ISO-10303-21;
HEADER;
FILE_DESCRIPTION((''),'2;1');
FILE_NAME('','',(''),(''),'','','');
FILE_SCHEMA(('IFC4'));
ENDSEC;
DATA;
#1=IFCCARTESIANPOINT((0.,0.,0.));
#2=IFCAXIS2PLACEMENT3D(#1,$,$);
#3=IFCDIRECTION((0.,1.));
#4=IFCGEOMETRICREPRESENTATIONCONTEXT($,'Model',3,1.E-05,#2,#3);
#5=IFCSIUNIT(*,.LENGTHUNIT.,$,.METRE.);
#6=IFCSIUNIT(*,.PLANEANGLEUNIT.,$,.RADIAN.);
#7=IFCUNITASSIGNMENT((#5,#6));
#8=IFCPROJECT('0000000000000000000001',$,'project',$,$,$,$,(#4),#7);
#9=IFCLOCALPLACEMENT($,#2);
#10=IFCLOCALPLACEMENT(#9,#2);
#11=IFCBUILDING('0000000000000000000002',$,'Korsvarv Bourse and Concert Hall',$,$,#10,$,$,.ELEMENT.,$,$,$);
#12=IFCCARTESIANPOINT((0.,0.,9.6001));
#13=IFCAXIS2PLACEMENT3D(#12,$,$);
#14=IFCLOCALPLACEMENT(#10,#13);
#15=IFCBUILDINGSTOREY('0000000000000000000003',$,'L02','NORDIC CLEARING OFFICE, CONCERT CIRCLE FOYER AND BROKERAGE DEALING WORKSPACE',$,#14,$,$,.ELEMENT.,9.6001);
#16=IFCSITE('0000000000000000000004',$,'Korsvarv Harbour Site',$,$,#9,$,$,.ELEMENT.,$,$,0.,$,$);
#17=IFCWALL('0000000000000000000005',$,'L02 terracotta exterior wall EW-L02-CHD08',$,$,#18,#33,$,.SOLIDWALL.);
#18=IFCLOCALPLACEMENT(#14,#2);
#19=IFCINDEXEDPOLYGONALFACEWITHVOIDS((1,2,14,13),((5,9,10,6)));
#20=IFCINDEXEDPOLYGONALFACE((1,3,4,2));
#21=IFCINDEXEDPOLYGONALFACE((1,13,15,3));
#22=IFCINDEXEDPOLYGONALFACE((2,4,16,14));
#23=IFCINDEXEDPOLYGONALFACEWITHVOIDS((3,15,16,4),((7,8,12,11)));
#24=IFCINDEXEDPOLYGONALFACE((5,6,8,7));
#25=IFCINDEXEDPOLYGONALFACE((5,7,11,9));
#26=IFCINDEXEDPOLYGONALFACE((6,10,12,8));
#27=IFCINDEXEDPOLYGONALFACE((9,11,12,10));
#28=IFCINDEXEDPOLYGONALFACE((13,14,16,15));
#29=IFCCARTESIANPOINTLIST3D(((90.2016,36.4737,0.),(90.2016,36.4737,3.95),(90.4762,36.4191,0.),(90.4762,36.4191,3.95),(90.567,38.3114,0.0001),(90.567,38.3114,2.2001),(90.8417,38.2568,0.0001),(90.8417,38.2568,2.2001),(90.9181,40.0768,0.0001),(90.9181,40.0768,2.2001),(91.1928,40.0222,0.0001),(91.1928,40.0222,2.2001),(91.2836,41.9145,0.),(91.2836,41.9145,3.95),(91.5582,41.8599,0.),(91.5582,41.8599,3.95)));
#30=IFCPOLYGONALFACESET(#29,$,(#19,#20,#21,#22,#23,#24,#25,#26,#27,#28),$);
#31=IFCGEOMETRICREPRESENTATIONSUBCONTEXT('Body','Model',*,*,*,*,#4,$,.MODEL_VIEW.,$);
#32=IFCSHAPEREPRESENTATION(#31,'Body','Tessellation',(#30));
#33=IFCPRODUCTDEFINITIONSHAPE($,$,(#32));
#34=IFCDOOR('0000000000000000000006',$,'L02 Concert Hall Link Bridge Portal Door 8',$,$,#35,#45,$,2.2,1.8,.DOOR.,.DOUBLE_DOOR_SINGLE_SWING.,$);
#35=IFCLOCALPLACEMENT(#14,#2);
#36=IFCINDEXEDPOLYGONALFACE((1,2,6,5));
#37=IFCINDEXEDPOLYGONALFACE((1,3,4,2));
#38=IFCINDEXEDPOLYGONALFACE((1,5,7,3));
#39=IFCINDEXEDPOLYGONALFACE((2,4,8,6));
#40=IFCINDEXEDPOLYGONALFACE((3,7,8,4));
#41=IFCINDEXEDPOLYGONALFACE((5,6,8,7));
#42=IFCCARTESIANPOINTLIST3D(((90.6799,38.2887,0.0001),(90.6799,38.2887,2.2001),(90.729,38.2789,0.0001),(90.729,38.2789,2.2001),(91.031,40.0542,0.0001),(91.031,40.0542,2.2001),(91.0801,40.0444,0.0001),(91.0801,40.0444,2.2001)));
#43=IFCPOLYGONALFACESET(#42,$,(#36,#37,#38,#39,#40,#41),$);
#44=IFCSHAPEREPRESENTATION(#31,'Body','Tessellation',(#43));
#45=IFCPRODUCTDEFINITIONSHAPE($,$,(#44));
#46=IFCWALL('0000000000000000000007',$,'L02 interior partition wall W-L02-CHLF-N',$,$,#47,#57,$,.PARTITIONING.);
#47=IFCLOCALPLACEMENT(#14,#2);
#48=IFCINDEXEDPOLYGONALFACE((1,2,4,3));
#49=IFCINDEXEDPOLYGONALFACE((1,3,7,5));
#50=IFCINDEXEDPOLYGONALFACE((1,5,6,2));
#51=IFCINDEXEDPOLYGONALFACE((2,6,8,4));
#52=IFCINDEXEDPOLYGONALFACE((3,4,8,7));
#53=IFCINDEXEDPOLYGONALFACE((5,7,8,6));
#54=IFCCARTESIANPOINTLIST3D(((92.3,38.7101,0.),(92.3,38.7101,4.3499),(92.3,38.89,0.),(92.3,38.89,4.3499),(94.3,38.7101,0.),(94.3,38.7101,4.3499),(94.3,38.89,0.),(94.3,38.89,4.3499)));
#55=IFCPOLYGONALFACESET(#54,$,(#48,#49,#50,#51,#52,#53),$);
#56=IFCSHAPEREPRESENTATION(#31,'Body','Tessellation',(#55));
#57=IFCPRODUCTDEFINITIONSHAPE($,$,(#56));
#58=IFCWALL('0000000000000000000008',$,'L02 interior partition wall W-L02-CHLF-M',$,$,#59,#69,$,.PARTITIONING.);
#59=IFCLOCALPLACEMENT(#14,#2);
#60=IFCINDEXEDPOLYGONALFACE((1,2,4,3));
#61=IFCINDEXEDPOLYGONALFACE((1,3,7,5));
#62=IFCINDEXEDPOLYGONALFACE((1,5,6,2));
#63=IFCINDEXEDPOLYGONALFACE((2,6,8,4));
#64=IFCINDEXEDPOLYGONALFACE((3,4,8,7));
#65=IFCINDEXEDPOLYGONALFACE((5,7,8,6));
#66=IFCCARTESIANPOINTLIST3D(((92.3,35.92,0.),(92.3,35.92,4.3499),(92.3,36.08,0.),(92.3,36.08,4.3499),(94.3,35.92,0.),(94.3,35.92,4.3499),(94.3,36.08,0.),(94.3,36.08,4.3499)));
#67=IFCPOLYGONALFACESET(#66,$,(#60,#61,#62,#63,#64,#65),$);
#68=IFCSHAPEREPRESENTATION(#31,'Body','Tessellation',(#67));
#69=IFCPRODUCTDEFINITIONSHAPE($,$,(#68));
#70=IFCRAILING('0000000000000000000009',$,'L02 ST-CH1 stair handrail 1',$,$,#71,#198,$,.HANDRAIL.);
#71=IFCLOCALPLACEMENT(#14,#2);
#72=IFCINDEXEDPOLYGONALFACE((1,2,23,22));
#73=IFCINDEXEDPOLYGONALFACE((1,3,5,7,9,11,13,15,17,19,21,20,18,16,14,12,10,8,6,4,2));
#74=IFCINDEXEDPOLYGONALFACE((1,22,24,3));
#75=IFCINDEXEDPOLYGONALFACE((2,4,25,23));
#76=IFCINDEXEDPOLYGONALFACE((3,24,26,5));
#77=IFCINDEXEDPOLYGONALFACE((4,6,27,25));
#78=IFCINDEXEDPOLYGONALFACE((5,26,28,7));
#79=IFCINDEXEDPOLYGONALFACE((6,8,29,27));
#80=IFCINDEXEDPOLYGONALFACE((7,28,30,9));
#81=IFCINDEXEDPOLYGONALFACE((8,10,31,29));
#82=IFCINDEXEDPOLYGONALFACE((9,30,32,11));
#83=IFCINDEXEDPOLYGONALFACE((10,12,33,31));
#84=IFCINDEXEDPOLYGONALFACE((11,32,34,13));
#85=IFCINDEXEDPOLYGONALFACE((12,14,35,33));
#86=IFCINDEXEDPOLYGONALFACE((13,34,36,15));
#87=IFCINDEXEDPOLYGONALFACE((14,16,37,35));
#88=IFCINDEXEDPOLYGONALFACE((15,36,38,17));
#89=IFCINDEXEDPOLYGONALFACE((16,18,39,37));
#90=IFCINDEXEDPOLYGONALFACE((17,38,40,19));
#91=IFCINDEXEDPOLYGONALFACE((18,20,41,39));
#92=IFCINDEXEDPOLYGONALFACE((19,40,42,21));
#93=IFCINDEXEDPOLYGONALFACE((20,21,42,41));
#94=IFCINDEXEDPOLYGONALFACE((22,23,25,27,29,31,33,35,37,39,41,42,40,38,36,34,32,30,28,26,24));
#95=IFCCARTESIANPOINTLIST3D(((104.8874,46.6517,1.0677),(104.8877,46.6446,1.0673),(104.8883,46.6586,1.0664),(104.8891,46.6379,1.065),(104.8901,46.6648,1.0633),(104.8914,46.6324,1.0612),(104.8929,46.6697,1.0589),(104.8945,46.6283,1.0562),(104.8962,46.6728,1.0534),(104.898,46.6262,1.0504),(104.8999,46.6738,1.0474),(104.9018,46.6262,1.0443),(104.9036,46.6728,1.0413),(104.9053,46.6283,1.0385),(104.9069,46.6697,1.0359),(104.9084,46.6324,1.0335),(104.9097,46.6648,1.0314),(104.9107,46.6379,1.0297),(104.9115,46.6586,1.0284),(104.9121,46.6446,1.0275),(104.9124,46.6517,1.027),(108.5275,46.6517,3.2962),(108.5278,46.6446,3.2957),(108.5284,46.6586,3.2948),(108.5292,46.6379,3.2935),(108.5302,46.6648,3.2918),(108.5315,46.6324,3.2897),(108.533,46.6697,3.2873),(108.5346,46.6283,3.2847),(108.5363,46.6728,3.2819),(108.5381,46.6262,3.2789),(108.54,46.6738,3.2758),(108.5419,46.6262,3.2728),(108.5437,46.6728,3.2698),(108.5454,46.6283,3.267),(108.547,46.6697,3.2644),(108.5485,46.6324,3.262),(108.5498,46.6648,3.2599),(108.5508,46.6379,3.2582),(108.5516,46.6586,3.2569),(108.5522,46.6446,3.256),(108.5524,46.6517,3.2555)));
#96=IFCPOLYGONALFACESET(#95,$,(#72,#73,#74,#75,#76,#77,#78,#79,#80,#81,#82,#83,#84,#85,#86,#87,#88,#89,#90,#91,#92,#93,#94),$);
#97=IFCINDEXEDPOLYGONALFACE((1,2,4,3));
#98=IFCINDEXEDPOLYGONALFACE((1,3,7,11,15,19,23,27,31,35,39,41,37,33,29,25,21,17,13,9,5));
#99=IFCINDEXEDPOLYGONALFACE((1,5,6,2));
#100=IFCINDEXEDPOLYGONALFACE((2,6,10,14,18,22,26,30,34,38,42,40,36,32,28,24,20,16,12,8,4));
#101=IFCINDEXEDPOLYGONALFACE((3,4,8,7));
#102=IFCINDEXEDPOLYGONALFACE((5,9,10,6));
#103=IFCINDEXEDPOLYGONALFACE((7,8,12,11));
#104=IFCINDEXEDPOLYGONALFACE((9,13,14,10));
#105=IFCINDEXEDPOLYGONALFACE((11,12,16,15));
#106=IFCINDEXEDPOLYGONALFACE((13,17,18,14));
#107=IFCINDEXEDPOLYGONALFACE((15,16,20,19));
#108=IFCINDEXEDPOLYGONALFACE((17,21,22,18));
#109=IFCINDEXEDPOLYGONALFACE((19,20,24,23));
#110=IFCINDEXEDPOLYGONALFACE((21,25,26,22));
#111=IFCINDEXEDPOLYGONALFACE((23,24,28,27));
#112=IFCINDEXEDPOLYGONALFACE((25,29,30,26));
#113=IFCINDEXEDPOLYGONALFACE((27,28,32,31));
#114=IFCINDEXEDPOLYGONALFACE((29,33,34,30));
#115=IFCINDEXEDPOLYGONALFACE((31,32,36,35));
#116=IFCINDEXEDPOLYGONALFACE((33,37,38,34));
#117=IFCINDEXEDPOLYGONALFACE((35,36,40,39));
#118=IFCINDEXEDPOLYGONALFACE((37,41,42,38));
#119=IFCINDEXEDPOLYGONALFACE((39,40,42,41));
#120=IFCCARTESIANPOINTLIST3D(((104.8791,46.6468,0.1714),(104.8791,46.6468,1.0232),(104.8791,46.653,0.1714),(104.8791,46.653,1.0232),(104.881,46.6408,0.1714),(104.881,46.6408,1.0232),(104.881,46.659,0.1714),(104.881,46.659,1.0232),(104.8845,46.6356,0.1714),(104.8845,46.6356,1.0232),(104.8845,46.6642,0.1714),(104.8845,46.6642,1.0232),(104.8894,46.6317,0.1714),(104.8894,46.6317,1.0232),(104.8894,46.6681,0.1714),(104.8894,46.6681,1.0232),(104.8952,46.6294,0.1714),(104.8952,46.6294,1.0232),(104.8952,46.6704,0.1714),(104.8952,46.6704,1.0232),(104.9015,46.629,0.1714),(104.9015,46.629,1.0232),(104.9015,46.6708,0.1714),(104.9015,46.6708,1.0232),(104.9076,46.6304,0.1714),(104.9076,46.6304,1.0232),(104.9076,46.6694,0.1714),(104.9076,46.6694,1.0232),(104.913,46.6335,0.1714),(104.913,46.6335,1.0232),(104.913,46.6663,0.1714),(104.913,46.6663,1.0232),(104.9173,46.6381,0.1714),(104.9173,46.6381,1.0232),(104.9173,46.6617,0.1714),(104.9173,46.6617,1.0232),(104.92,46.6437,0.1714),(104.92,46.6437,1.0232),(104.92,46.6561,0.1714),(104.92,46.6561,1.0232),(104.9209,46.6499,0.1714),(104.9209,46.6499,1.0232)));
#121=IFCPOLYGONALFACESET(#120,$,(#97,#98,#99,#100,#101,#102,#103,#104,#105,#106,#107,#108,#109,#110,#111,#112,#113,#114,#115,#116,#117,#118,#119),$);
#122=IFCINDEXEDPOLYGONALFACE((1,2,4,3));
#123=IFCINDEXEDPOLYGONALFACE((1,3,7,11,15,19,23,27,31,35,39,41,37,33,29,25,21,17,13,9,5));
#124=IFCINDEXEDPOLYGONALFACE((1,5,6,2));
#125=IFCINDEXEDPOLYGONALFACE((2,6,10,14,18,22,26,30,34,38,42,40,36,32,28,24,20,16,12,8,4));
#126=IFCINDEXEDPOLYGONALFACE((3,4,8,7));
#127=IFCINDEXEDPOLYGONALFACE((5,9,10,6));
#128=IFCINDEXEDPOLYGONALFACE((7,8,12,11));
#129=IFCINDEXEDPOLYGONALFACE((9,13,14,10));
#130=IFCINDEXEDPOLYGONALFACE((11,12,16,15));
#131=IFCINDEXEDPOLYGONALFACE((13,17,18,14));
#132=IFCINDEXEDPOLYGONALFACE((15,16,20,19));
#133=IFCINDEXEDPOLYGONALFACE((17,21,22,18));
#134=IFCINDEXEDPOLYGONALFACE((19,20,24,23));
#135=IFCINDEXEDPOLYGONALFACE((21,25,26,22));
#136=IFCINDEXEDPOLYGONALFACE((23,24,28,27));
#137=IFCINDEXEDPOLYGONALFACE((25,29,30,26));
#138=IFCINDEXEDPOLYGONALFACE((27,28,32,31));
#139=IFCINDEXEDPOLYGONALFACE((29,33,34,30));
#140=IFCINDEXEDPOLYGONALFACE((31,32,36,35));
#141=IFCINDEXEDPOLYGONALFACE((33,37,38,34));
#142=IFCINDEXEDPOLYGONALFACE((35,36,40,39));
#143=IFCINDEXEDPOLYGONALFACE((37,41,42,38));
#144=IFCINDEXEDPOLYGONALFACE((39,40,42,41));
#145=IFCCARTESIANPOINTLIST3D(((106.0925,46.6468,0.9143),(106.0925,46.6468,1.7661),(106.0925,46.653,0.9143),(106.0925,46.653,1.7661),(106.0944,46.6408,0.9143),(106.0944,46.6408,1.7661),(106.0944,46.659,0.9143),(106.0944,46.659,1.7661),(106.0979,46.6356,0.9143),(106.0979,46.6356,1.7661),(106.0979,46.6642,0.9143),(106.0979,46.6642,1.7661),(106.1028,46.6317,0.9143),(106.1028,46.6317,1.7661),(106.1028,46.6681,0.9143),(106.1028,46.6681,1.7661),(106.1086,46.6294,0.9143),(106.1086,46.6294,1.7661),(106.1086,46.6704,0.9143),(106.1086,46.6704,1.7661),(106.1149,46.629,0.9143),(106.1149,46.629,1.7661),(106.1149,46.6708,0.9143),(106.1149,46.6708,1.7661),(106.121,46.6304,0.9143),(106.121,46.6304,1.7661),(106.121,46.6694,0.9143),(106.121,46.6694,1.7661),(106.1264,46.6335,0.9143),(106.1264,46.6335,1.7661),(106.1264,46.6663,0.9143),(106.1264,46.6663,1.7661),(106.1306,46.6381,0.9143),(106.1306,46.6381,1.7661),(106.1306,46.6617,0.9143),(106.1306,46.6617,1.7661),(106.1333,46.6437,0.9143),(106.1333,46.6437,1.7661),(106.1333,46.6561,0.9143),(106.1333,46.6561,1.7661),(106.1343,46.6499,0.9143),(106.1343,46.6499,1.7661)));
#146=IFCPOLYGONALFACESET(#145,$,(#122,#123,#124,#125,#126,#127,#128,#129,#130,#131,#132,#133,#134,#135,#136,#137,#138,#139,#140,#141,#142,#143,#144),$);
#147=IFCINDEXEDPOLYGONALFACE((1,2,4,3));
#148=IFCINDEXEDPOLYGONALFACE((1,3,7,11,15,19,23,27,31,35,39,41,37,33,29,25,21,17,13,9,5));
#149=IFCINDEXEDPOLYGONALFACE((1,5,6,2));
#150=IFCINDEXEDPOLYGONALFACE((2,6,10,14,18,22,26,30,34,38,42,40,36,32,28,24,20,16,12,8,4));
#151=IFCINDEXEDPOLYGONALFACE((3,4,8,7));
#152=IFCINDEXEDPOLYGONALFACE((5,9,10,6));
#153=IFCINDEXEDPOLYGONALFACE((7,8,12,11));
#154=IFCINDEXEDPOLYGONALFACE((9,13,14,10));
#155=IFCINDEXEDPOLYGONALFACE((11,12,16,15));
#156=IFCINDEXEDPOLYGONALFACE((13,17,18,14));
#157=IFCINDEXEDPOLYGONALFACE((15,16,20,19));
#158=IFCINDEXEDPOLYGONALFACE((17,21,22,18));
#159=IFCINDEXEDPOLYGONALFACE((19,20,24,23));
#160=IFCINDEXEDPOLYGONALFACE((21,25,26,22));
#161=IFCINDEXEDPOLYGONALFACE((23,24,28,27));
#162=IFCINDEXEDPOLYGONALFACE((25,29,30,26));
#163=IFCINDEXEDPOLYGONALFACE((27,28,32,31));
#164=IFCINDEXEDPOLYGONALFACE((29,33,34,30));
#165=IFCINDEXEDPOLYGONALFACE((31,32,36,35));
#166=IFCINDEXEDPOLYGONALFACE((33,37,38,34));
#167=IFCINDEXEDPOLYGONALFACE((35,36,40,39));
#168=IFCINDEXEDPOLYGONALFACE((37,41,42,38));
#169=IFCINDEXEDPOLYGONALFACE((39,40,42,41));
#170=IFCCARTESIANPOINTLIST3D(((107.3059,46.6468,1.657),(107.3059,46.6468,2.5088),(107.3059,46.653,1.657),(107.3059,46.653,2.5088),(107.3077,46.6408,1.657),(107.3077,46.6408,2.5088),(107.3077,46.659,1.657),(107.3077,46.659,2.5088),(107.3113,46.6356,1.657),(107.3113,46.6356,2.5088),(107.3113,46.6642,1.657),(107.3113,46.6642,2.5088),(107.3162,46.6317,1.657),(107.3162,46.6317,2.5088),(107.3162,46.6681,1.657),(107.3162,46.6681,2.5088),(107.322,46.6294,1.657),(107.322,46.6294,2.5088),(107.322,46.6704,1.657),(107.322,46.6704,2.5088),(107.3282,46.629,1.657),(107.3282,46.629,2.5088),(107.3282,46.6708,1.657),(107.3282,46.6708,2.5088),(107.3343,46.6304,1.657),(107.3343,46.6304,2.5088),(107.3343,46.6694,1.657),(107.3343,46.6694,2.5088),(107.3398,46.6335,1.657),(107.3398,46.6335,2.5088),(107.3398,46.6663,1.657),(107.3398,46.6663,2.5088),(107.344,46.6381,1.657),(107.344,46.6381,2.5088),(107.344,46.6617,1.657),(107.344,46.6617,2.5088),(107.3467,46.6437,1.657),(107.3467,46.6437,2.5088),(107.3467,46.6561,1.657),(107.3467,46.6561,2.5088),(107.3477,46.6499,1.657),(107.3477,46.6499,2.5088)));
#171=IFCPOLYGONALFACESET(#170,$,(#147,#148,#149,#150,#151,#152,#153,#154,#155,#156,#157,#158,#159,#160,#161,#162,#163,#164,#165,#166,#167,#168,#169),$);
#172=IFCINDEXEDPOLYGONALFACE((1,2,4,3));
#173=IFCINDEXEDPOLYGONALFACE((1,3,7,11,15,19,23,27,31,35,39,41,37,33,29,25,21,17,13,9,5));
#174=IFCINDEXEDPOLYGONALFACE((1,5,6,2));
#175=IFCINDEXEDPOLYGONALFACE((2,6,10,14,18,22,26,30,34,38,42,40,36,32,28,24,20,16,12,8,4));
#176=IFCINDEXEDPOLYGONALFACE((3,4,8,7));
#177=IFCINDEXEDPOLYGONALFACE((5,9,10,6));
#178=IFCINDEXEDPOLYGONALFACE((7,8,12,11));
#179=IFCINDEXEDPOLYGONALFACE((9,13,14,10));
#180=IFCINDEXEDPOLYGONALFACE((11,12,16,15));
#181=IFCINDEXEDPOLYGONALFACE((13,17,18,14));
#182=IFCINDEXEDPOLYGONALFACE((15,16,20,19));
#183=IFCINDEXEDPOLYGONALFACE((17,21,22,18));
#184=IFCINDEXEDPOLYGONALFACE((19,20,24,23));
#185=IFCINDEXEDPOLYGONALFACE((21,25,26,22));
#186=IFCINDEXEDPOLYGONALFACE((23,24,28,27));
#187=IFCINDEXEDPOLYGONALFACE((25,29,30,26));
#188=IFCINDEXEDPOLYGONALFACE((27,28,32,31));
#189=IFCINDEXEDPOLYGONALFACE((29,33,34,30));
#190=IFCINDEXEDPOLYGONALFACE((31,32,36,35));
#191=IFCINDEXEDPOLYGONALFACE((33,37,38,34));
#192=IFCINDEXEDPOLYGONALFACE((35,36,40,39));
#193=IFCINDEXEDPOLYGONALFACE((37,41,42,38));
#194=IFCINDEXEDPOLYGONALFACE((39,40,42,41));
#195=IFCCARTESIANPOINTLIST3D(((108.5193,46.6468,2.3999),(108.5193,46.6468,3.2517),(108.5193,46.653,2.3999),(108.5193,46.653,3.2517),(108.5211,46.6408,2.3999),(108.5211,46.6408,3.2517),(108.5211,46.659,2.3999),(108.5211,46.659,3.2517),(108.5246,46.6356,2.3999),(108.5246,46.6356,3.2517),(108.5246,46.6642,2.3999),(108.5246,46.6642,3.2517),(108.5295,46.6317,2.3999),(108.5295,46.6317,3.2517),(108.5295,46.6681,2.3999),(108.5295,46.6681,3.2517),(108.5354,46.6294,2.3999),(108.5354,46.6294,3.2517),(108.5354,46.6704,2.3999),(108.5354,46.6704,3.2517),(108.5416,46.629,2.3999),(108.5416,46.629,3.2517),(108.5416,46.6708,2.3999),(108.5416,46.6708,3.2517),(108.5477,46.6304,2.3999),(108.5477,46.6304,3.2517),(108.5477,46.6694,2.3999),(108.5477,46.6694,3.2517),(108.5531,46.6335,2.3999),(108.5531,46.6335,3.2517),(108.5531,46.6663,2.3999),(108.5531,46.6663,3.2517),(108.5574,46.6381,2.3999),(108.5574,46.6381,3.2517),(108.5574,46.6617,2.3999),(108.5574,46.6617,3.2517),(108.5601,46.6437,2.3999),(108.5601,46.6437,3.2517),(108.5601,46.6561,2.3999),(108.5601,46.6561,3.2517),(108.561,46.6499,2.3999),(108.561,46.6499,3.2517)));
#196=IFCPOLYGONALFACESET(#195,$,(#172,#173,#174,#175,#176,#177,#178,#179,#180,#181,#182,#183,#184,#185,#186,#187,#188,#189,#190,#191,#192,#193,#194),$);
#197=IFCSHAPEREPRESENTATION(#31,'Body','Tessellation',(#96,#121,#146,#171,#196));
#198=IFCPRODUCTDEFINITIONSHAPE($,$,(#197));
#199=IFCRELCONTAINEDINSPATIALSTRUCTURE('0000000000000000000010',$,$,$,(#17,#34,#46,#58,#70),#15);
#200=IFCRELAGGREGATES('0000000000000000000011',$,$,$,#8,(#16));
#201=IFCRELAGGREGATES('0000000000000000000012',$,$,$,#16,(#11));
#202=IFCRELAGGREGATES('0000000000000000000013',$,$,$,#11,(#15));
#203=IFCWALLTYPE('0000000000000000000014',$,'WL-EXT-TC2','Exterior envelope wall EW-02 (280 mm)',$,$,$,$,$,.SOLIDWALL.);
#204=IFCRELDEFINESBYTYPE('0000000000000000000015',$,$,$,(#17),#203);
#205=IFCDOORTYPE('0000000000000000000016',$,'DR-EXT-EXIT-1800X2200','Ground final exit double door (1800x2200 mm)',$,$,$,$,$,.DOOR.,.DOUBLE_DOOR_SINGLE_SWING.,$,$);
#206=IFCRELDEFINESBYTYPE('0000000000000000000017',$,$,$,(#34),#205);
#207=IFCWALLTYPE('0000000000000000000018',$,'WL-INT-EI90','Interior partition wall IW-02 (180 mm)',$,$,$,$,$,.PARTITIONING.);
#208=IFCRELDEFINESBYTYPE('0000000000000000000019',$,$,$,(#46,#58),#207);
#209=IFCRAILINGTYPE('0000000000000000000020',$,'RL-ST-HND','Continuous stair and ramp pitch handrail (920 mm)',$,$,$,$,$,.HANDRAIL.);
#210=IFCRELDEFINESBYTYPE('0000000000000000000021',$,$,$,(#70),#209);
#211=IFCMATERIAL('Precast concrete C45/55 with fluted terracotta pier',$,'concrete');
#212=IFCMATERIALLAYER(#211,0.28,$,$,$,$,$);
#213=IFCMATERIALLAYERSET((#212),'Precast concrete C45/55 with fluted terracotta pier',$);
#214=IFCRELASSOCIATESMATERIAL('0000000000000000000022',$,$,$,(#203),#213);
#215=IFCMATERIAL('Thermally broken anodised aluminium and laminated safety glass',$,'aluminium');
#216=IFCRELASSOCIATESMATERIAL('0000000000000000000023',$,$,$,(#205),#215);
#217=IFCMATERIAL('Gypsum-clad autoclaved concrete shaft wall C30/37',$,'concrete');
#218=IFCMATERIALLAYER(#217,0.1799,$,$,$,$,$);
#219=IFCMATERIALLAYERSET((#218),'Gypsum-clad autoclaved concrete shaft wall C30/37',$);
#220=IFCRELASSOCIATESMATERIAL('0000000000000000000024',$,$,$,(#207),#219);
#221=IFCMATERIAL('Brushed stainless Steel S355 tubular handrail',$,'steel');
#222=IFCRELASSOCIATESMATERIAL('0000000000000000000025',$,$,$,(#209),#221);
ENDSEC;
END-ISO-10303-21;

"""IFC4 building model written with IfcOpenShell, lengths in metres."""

from ifc_helpers import new_model, si_unit, direction, frame, frame_2d, origin, origin_2d, place, context, subcontext, project, spatial, rectangle, circle, extrude, material, layer, layer_set, type_object, element, fill, save


model = new_model("IFC4")

# Units and contexts
model_context = context("Model", 3, precision=1e-05, world=origin(), true_north=direction((0.0, 1.0)))
body_context = subcontext(model_context, "Body", "Model", "MODEL_VIEW")
ifc_project = project(units=[si_unit("LENGTHUNIT", "METRE"), si_unit("PLANEANGLEUNIT", "RADIAN")], contexts=[model_context])

# Site, building, storey
site_placement = place(None, origin())
site = spatial("IfcSite", under=ifc_project, at=site_placement, Name="Korsvarv Harbour Site", CompositionType="ELEMENT", RefElevation=0.0)
building_placement = place(site_placement, origin())
building = spatial("IfcBuilding", under=site, at=building_placement, Name="Korsvarv Bourse and Concert Hall", CompositionType="ELEMENT")
storey_placement = place(building_placement, frame((0.0, 0.0, 9.6001)))
storey = spatial("IfcBuildingStorey", under=building, at=storey_placement, Name="L02", Description="NORDIC CLEARING OFFICE, CONCERT CIRCLE FOYER AND BROKERAGE DEALING WORKSPACE", CompositionType="ELEMENT", Elevation=9.6001)

# Shared definitions
ifc_material_1 = material(Name="Precast concrete C45/55 with fluted terracotta pier", Category="concrete")
ifc_layer_1 = layer(ifc_material_1, 0.28)
ifc_layer_set_1 = layer_set([ifc_layer_1], Name="Precast concrete C45/55 with fluted terracotta pier")
wall_type_1 = type_object("IfcWallType", Name="WL-EXT-TC2", Description="Exterior envelope wall EW-02 (280 mm)", PredefinedType="SOLIDWALL", material=ifc_layer_set_1)

# Wall, opening, door
wall_1_placement = place(storey_placement, frame((91.4209, 41.8872, 0.0), z_axis=(0.0, 0.0, 1.0), x_axis=(-0.19505, -0.980793, 0.0)))
wall_1 = element("IfcWall", 1, at=wall_1_placement, inside=storey, type_object=wall_type_1, Name="L02 terracotta exterior wall EW-L02-CHD08", PredefinedType="SOLIDWALL", context=body_context, shape_type="SweptSolid", body=[
    extrude(rectangle(XDim=5.5474, YDim=0.28, at=frame_2d((2.7737, 0.0))), origin(), (0.0, 0.0, 1.0), 3.95),
])
opening_1_placement = place(wall_1_placement, frame((1.8738, 0.0, 0.0)))
opening_1 = element("IfcOpeningElement", 2, at=opening_1_placement, cuts=wall_1, PredefinedType="OPENING", context=body_context, shape_type="SweptSolid", body=[
    extrude(rectangle(XDim=1.8, YDim=2.2, at=frame_2d((0.8999, 1.1001))), frame((0.0, 0.1499, 0.0), z_axis=(0.0, -1.0, 0.0), x_axis=(1.0, 0.0, 0.0)), (0.0, 0.0, 1.0), 0.3),
])
ifc_material_2 = material(Name="Thermally broken anodised aluminium and laminated safety glass", Category="aluminium")
door_type_1 = type_object("IfcDoorType", Name="DR-EXT-EXIT-1800X2200", Description="Ground final exit double door (1800x2200 mm)", OperationType="DOUBLE_DOOR_SINGLE_SWING", PredefinedType="DOOR", material=ifc_material_2)
door_1_placement = place(opening_1_placement, frame((1.8, 0.0, 0.0), z_axis=(0.0, 0.0, 1.0), x_axis=(-1.0, 0.0, 0.0)))
door_1 = element("IfcDoor", 3, at=door_1_placement, inside=storey, type_object=door_type_1, Name="L02 Concert Hall Link Bridge Portal Door 8", OperationType="DOUBLE_DOOR_SINGLE_SWING", OverallHeight=2.2, OverallWidth=1.8, PredefinedType="DOOR", context=body_context, shape_type="SweptSolid", body=[
    extrude(rectangle(XDim=1.8, YDim=2.2, at=frame_2d((0.8999, 1.1001))), frame((0.0, 0.0249, 0.0), z_axis=(0.0, -1.0, 0.0), x_axis=(1.0, 0.0, 0.0)), (0.0, 0.0, 1.0), 0.05),
])
fill(opening_1, door_1)

# Walls
ifc_material_3 = material(Name="Gypsum-clad autoclaved concrete shaft wall C30/37", Category="concrete")
ifc_layer_2 = layer(ifc_material_3, 0.1799)
ifc_layer_set_2 = layer_set([ifc_layer_2], Name="Gypsum-clad autoclaved concrete shaft wall C30/37")
wall_type_2 = type_object("IfcWallType", Name="WL-INT-EI90", Description="Interior partition wall IW-02 (180 mm)", PredefinedType="PARTITIONING", material=ifc_layer_set_2)
wall_2_placement = place(storey_placement, frame((92.3, 38.8, 0.0), z_axis=(0.0, 0.0, 1.0), x_axis=(1.0, 0.0, 0.0)))
element("IfcWall", 4, at=wall_2_placement, inside=storey, type_object=wall_type_2, Name="L02 interior partition wall W-L02-CHLF-N", PredefinedType="PARTITIONING", context=body_context, shape_type="SweptSolid", body=[
    extrude(rectangle(XDim=2.0, YDim=0.1799, at=frame_2d((1.0, 0.0))), origin(), (0.0, 0.0, 1.0), 4.3499),
])
wall_3_placement = place(storey_placement, frame((92.3, 36.0, 0.0), z_axis=(0.0, 0.0, 1.0), x_axis=(1.0, 0.0, 0.0)))
element("IfcWall", 5, at=wall_3_placement, inside=storey, type_object=wall_type_2, Name="L02 interior partition wall W-L02-CHLF-M", PredefinedType="PARTITIONING", context=body_context, shape_type="SweptSolid", body=[
    extrude(rectangle(XDim=2.0, YDim=0.1599, at=frame_2d((1.0, 0.0))), origin(), (0.0, 0.0, 1.0), 4.3499),
])

# Railing
ifc_material_4 = material(Name="Brushed stainless Steel S355 tubular handrail", Category="steel")
railing_type = type_object("IfcRailingType", Name="RL-ST-HND", Description="Continuous stair and ramp pitch handrail (920 mm)", PredefinedType="HANDRAIL", material=ifc_material_4)
railing_placement = place(storey_placement, frame((104.8999, 46.6499, 0.1714)))
element("IfcRailing", 6, at=railing_placement, inside=storey, type_object=railing_type, Name="L02 ST-CH1 stair handrail 1", PredefinedType="HANDRAIL", context=body_context, shape_type="SweptSolid", body=[
    extrude(circle(Radius=0.0239, at=origin_2d()), frame((0.0, 0.0, 0.876), z_axis=(0.852866, 0.0, 0.52213), x_axis=(0.0, 1.0, 0.0)), (0.0, 0.0, 1.0), 4.2681),
    extrude(circle(Radius=0.021, at=origin_2d()), origin(), (0.0, 0.0, 1.0), 0.8518),
    extrude(circle(Radius=0.021, at=origin_2d()), frame((1.2134, 0.0, 0.7429)), (0.0, 0.0, 1.0), 0.8518),
    extrude(circle(Radius=0.021, at=origin_2d()), frame((2.4268, 0.0, 1.4856)), (0.0, 0.0, 1.0), 0.8518),
    extrude(circle(Radius=0.021, at=origin_2d()), frame((3.6401, 0.0, 2.2285)), (0.0, 0.0, 1.0), 0.8518),
])

save(model, "model.ifc")
